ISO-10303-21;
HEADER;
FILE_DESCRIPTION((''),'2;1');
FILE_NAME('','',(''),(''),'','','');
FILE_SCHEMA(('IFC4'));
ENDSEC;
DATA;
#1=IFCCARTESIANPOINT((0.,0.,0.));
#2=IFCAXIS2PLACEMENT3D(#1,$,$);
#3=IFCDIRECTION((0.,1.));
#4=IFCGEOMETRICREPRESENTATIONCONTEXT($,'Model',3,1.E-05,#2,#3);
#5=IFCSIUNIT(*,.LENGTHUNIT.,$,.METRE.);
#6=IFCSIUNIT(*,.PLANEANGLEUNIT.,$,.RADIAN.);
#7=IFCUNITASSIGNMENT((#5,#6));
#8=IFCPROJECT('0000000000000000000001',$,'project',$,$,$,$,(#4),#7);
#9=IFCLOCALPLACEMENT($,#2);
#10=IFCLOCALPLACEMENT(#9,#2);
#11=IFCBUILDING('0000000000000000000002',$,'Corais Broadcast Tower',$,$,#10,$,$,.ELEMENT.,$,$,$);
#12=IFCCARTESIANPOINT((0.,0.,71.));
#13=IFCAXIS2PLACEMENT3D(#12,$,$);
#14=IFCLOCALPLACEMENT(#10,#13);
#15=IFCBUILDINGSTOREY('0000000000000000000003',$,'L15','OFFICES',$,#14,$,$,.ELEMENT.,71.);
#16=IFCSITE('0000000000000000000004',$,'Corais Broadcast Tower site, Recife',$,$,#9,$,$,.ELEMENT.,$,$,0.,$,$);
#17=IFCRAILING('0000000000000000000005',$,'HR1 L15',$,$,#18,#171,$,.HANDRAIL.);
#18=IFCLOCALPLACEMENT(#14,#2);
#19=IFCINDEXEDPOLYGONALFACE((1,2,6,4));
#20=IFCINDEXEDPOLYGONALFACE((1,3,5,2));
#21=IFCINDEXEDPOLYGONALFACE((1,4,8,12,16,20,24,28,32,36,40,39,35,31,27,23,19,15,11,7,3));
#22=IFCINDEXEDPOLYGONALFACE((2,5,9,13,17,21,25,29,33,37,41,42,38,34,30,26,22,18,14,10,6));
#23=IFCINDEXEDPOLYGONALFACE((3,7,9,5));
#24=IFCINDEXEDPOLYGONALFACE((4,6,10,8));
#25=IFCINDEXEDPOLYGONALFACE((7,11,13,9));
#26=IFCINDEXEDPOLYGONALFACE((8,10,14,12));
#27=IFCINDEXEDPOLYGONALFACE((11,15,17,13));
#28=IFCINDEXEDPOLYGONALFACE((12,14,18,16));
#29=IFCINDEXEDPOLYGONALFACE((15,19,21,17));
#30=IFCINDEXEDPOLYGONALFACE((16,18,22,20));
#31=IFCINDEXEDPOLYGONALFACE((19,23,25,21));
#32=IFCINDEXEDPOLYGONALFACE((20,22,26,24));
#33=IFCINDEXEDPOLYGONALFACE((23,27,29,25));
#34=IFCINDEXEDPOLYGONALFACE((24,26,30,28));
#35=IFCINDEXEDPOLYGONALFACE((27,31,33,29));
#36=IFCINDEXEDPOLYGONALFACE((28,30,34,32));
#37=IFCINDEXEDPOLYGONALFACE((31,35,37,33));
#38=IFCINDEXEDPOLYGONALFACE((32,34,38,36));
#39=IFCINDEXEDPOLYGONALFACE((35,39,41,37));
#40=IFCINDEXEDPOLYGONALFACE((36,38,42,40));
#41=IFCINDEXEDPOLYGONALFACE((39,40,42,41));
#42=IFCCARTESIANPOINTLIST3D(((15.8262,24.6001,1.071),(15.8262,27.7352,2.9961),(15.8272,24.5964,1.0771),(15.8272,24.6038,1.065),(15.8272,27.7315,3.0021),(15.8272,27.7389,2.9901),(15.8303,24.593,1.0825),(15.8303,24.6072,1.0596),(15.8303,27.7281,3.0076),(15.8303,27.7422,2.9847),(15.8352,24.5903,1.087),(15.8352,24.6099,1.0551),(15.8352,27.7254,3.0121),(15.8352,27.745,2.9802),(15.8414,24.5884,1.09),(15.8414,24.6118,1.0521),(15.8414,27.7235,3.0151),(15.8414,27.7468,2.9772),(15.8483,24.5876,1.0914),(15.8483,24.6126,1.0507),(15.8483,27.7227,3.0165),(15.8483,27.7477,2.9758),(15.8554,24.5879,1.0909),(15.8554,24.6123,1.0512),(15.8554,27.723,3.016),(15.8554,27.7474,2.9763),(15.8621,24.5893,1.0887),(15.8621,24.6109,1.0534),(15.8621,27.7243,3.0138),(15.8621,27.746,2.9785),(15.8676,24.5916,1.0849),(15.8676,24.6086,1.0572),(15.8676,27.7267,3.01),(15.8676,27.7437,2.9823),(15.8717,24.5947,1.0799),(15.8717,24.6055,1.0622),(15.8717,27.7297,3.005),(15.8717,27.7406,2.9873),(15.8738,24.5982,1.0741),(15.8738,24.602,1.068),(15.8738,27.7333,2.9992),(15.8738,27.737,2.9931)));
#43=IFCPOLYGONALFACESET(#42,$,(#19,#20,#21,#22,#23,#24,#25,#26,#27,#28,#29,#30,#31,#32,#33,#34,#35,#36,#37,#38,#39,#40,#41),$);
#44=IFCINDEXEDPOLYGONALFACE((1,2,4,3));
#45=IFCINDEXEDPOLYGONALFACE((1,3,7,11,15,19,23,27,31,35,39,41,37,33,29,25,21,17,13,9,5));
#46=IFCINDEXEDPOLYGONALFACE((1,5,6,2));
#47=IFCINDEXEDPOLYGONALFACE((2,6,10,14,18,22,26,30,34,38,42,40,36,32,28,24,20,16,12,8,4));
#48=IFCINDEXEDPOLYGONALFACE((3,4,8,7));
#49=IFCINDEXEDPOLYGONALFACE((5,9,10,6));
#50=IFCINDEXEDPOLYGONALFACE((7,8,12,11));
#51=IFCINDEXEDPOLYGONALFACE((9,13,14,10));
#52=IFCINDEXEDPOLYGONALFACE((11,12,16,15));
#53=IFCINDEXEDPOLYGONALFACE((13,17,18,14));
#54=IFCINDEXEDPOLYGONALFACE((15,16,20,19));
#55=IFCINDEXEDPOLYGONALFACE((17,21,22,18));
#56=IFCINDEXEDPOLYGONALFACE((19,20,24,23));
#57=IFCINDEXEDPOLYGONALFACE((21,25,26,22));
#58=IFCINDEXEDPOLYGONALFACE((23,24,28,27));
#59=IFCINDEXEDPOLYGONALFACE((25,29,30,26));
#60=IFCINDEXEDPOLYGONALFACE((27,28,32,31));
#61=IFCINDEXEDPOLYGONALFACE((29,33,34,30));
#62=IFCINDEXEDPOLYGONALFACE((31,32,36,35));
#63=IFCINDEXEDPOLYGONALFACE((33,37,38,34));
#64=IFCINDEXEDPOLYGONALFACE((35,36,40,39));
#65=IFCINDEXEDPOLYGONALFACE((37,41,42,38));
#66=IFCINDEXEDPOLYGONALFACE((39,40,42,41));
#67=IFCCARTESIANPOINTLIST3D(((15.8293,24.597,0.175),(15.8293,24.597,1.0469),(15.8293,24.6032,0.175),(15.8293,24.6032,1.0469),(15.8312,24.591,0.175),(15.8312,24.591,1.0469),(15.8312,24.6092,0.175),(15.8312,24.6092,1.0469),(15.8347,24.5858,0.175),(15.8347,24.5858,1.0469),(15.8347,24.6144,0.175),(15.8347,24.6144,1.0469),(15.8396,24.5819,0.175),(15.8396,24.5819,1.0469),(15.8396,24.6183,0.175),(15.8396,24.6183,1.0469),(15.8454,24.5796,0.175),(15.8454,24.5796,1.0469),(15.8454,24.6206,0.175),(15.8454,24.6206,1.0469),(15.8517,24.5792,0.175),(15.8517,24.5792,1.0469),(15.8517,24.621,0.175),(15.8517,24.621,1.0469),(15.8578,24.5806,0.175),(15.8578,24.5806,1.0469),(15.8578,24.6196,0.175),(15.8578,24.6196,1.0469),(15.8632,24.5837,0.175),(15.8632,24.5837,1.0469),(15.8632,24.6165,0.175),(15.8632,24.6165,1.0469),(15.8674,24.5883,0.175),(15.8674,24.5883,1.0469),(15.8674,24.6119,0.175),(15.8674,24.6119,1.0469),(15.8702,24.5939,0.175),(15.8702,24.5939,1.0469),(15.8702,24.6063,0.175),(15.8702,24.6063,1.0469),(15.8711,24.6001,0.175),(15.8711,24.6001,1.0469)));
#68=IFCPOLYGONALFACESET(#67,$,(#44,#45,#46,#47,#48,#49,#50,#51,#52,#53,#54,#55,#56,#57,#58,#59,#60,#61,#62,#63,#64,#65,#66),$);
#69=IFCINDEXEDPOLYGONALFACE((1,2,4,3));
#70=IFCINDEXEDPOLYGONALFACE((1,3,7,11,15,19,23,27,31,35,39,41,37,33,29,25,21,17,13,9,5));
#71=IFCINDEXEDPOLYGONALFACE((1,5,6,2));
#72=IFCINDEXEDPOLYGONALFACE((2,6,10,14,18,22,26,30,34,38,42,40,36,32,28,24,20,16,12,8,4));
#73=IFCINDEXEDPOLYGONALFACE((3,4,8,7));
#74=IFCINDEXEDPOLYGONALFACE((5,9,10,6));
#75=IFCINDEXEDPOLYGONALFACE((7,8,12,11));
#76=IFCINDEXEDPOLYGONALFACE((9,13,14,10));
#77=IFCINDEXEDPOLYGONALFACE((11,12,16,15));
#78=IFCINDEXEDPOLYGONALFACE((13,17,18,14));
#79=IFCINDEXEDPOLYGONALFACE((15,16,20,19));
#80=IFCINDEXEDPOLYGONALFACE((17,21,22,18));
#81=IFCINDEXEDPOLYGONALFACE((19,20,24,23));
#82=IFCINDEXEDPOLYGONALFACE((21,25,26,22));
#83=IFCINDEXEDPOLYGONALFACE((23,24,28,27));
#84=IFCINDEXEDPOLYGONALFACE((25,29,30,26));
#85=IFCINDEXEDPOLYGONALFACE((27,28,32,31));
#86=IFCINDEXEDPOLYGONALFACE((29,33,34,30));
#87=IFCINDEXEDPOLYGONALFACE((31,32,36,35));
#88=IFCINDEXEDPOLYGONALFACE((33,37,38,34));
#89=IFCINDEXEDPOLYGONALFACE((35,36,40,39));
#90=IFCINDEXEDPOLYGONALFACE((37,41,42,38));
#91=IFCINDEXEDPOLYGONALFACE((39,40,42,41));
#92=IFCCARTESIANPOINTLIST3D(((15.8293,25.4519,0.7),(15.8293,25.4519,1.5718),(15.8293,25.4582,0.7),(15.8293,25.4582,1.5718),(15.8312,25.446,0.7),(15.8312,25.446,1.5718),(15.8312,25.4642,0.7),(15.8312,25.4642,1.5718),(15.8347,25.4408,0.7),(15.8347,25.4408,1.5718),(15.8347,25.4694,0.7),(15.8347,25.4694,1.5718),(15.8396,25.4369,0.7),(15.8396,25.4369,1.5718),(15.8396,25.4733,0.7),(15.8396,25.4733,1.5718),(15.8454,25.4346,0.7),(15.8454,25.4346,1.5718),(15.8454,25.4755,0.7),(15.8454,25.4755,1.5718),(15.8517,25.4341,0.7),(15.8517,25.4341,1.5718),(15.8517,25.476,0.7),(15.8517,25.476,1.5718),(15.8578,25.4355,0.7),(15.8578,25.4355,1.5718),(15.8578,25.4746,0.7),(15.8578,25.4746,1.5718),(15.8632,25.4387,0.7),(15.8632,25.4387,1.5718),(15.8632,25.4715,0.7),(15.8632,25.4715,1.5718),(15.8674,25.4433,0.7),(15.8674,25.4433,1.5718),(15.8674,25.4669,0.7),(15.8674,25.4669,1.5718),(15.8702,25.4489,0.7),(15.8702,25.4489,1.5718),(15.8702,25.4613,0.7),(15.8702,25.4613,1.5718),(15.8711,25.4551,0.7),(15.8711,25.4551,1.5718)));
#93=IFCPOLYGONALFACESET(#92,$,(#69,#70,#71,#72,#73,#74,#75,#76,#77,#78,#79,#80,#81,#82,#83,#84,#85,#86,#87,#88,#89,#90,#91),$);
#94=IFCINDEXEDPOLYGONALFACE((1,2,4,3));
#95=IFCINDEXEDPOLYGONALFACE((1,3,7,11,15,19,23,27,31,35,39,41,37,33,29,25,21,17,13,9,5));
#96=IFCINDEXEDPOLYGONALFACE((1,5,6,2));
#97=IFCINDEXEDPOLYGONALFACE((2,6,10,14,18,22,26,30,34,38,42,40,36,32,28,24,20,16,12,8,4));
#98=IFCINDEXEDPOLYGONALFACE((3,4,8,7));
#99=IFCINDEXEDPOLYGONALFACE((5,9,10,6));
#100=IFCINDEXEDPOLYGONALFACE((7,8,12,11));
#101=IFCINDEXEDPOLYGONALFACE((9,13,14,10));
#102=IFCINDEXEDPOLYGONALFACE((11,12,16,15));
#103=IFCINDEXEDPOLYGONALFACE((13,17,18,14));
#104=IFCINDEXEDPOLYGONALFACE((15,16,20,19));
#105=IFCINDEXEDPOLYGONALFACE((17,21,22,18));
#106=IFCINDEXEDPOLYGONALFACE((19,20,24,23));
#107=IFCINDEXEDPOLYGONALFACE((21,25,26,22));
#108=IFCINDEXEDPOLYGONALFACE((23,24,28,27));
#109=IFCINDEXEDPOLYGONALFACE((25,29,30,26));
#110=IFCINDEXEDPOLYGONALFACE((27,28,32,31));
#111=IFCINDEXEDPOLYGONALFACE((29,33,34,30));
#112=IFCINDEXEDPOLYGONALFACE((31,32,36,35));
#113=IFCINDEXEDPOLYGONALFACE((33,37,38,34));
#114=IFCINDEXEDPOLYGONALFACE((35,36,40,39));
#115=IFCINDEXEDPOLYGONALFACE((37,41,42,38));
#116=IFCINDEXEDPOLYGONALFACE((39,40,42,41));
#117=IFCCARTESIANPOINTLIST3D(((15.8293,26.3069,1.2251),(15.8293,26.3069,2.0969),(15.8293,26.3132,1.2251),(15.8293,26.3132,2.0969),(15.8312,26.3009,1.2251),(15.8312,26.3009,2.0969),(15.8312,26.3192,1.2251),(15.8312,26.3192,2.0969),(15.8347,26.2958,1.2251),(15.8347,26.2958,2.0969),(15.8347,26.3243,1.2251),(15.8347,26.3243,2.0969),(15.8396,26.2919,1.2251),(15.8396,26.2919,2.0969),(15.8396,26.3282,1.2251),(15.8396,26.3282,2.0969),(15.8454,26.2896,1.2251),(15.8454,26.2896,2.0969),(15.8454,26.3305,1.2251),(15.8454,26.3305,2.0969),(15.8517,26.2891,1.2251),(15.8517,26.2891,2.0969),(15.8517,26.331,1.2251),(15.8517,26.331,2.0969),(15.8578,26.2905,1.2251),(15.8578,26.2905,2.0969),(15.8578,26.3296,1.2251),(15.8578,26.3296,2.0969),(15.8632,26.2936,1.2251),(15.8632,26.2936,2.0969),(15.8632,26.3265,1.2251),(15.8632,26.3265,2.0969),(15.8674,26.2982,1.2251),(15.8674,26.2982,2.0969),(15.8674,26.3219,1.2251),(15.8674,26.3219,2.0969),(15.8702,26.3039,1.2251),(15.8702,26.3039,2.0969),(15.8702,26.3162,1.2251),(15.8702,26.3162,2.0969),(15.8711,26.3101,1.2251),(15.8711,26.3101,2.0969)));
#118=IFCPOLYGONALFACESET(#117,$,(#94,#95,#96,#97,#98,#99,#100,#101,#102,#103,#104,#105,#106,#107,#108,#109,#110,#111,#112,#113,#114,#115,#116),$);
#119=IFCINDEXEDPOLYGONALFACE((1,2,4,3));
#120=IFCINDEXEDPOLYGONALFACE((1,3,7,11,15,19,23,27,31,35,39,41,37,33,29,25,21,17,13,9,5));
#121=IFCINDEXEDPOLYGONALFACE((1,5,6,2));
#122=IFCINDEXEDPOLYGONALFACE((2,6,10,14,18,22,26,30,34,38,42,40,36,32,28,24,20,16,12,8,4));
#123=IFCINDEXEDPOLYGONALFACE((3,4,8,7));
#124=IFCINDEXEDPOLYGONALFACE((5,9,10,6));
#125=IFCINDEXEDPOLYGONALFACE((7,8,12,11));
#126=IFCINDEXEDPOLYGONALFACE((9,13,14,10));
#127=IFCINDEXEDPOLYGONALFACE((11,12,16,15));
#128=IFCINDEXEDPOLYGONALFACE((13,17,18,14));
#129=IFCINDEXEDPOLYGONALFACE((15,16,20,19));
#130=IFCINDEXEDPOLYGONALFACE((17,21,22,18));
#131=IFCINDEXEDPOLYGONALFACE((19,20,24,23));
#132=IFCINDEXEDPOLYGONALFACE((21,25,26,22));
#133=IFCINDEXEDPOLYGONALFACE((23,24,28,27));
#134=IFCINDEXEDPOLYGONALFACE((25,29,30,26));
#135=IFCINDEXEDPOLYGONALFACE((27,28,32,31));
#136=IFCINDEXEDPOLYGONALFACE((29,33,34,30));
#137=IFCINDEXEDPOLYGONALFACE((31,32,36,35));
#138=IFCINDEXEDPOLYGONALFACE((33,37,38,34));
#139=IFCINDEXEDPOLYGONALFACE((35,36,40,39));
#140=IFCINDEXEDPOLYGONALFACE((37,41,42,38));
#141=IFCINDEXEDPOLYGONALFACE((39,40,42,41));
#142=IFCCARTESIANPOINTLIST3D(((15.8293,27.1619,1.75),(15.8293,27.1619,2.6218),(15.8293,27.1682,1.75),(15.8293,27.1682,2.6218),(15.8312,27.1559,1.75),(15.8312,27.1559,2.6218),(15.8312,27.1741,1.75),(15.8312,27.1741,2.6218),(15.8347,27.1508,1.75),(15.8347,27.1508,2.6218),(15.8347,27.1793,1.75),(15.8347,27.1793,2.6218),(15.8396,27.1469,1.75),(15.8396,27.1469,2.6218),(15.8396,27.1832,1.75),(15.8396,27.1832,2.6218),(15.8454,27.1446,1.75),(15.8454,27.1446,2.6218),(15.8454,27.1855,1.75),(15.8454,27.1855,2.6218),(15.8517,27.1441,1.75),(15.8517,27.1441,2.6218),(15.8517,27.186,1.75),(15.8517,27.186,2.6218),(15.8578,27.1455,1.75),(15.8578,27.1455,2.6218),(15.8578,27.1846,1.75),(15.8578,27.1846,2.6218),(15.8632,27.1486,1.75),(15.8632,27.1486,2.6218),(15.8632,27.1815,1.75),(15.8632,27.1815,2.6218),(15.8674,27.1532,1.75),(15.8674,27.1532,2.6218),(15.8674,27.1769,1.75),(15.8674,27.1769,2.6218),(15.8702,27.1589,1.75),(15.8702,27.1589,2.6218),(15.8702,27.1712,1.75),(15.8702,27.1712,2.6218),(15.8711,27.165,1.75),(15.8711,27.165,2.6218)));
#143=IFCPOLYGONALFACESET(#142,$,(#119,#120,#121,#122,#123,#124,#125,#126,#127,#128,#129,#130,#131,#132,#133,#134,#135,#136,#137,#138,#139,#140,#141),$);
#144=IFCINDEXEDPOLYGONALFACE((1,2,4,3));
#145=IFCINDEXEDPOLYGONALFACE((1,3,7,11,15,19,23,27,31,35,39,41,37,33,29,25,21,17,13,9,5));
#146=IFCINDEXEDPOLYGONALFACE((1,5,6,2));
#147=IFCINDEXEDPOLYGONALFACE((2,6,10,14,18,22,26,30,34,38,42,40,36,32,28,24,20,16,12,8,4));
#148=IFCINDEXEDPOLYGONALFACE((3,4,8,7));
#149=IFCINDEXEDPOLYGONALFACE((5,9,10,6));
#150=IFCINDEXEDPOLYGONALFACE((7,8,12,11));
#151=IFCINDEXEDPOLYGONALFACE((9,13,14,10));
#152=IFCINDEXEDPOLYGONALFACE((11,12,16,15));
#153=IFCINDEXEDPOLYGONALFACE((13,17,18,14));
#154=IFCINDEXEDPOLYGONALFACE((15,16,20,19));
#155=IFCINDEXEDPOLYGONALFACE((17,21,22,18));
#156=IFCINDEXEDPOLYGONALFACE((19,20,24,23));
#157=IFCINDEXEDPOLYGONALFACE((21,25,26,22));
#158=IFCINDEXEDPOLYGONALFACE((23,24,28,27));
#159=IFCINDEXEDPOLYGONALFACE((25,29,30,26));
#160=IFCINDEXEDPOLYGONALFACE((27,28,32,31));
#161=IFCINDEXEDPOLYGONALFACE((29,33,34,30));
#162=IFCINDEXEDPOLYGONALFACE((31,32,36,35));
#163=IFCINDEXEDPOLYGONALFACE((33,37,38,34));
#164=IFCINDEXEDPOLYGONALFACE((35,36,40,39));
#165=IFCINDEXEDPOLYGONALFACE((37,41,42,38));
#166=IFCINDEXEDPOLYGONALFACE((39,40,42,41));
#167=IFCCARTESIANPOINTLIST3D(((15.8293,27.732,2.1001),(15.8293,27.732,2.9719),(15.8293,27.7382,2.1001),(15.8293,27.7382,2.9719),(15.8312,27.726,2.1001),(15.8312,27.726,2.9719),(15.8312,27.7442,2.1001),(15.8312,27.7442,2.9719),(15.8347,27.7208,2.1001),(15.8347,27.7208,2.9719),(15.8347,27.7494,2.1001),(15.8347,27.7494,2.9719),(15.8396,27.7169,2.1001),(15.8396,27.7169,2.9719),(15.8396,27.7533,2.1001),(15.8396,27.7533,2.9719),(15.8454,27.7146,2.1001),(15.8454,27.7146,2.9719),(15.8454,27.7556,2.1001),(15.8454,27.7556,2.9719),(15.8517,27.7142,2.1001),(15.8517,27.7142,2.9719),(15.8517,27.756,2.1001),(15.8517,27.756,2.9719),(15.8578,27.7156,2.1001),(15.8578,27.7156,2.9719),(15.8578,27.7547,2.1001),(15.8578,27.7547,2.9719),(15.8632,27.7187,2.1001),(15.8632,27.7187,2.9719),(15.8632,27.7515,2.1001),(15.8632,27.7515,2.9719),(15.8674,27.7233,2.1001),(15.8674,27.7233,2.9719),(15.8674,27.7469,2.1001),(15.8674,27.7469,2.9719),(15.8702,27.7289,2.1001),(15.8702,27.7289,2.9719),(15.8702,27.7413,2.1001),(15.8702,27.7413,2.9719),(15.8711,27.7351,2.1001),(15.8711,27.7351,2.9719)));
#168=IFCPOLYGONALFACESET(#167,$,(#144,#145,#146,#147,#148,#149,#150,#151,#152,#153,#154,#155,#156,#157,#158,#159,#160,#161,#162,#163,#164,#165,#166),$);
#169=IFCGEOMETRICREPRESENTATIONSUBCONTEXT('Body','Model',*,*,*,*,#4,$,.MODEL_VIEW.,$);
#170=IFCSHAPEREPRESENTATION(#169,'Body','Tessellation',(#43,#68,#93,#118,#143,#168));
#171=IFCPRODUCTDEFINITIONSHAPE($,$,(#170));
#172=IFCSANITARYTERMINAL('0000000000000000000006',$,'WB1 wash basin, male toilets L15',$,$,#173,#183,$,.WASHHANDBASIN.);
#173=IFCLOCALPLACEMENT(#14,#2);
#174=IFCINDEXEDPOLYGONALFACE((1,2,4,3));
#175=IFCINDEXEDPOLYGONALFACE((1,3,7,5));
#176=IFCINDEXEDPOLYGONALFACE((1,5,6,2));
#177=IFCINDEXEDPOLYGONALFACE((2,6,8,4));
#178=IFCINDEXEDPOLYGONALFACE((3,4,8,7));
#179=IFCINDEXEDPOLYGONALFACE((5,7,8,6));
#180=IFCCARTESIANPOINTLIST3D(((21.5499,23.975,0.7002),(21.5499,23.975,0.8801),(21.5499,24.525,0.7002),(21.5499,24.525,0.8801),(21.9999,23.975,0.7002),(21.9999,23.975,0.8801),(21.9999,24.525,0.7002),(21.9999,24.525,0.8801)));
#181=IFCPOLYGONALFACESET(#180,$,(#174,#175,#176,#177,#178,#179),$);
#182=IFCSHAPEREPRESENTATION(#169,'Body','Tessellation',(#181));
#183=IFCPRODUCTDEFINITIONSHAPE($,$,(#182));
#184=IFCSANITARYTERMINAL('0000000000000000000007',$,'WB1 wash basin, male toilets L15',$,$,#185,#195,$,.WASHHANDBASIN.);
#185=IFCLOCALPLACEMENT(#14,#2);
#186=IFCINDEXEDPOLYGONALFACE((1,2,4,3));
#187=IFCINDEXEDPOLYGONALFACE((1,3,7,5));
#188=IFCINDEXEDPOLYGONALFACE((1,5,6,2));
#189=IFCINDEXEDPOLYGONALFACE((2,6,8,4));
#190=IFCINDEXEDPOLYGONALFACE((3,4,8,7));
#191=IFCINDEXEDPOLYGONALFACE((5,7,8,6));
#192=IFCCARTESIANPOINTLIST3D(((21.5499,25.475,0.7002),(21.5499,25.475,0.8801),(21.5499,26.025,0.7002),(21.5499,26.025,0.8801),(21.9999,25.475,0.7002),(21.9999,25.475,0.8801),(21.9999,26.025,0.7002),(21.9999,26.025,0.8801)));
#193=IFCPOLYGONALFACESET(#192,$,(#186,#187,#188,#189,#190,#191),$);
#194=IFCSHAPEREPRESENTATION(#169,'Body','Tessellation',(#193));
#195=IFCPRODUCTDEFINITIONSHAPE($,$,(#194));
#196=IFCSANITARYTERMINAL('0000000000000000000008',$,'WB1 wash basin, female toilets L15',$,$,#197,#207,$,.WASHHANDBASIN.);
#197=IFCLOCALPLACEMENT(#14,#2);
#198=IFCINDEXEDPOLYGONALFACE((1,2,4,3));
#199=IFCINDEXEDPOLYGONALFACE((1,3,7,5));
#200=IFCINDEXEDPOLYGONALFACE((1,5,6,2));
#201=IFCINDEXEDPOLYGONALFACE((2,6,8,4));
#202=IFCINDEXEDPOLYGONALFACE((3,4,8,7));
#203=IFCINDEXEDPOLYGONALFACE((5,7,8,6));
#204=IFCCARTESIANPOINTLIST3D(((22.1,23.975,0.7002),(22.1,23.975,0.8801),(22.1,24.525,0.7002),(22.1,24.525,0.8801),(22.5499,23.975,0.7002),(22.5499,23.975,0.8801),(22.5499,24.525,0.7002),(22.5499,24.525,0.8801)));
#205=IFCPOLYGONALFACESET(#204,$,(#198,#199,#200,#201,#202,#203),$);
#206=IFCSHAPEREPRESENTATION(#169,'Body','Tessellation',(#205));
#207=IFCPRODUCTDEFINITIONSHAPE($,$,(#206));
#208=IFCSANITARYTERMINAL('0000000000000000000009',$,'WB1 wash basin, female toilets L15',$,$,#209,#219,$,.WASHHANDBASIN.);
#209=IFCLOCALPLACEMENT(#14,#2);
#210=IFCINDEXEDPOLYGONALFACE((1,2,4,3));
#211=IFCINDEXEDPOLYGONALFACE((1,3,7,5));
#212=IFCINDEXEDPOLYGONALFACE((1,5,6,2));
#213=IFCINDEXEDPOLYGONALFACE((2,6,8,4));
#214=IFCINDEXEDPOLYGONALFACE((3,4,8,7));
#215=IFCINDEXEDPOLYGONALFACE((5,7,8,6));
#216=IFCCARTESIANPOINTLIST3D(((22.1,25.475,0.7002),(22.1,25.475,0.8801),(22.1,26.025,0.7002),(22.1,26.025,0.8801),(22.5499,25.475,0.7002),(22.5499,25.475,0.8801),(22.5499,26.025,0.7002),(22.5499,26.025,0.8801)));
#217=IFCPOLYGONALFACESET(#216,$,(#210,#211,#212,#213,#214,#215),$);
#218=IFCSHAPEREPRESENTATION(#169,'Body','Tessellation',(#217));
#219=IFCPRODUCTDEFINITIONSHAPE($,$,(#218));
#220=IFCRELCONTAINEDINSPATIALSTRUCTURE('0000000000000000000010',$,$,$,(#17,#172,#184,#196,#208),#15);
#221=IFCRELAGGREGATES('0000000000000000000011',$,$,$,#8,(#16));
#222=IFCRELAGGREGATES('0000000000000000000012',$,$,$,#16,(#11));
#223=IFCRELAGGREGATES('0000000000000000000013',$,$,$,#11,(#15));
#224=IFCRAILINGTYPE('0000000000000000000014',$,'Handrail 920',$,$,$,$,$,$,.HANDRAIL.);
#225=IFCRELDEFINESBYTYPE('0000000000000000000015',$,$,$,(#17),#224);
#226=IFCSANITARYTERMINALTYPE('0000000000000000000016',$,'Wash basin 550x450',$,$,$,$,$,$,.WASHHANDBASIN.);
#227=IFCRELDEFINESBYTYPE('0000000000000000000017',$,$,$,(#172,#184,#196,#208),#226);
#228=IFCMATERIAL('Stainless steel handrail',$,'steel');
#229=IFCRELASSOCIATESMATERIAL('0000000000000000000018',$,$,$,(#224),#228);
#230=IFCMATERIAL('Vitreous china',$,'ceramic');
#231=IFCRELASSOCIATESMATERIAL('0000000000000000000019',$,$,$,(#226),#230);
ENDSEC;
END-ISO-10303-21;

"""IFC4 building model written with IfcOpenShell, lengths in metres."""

from ifc_helpers import new_model, si_unit, direction, frame, origin, origin_2d, place, context, subcontext, project, spatial, rectangle, circle, extrude, material, type_object, element, save


model = new_model("IFC4")

# Units and contexts
model_context = context("Model", 3, precision=1e-05, world=origin(), true_north=direction((0.0, 1.0)))
body_context = subcontext(model_context, "Body", "Model", "MODEL_VIEW")
ifc_project = project(units=[si_unit("LENGTHUNIT", "METRE"), si_unit("PLANEANGLEUNIT", "RADIAN")], contexts=[model_context])

# Site, building, storey
site_placement = place(None, origin())
site = spatial("IfcSite", under=ifc_project, at=site_placement, Name="Corais Broadcast Tower site, Recife", CompositionType="ELEMENT", RefElevation=0.0)
building_placement = place(site_placement, origin())
building = spatial("IfcBuilding", under=site, at=building_placement, Name="Corais Broadcast Tower", CompositionType="ELEMENT")
storey_placement = place(building_placement, frame((0.0, 0.0, 71.0)))
storey = spatial("IfcBuildingStorey", under=building, at=storey_placement, Name="L15", Description="OFFICES", CompositionType="ELEMENT", Elevation=71.0)

# Railing
ifc_material_1 = material(Name="Stainless steel handrail", Category="steel")
railing_type = type_object("IfcRailingType", Name="Handrail 920", PredefinedType="HANDRAIL", material=ifc_material_1)
for number, where, name in (
    (1, (15.8501, 24.6001, 0.175), "HR1 L15"),
):
    element("IfcRailing", number, at=place(storey_placement, frame(where)), inside=storey, type_object=railing_type, Name=name, PredefinedType="HANDRAIL", context=body_context, shape_type="SweptSolid", body=[
        extrude(circle(Radius=0.0239, at=origin_2d()), frame((0.0, 0.0, 0.896), z_axis=(0.0, 0.852166, 0.523271), x_axis=(-1.0, 0.0, 0.0)), (0.0, 0.0, 1.0), 3.679),
        extrude(circle(Radius=0.021, at=origin_2d()), origin(), (0.0, 0.0, 1.0), 0.8718),
        extrude(circle(Radius=0.021, at=origin_2d()), frame((0.0, 0.855, 0.5249)), (0.0, 0.0, 1.0), 0.8718),
        extrude(circle(Radius=0.021, at=origin_2d()), frame((0.0, 1.71, 1.05)), (0.0, 0.0, 1.0), 0.8718),
        extrude(circle(Radius=0.021, at=origin_2d()), frame((0.0, 2.5649, 1.575)), (0.0, 0.0, 1.0), 0.8718),
        extrude(circle(Radius=0.021, at=origin_2d()), frame((0.0, 3.135, 1.925)), (0.0, 0.0, 1.0), 0.8718),
    ])

# Sanitary terminals
ifc_material_2 = material(Name="Vitreous china", Category="ceramic")
sanitary_terminal_type = type_object("IfcSanitaryTerminalType", Name="Wash basin 550x450", PredefinedType="WASHHANDBASIN", material=ifc_material_2)
for number, where, z_axis, x_axis, name in (
    (2, (21.7749, 24.25, 0.7002), (0.0, 0.0, 1.0), (1.0, 0.0, 0.0), "WB1 wash basin, male toilets L15"),
    (3, (21.7749, 25.75, 0.7002), (0.0, 0.0, 1.0), (1.0, 0.0, 0.0), "WB1 wash basin, male toilets L15"),
    (4, (22.325, 24.25, 0.7002), (0.0, 0.0, 1.0), (1.0, 0.0, 0.0), "WB1 wash basin, female toilets L15"),
    (5, (22.325, 25.75, 0.7002), (0.0, 0.0, 1.0), (1.0, 0.0, 0.0), "WB1 wash basin, female toilets L15"),
):
    element("IfcSanitaryTerminal", number, at=place(storey_placement, frame(where, z_axis=z_axis, x_axis=x_axis)), inside=storey, type_object=sanitary_terminal_type, Name=name, PredefinedType="WASHHANDBASIN", context=body_context, shape_type="SweptSolid", body=[
        extrude(rectangle(XDim=0.45, YDim=0.55, at=origin_2d()), origin(), (0.0, 0.0, 1.0), 0.1799),
    ])

save(model, "model.ifc")
